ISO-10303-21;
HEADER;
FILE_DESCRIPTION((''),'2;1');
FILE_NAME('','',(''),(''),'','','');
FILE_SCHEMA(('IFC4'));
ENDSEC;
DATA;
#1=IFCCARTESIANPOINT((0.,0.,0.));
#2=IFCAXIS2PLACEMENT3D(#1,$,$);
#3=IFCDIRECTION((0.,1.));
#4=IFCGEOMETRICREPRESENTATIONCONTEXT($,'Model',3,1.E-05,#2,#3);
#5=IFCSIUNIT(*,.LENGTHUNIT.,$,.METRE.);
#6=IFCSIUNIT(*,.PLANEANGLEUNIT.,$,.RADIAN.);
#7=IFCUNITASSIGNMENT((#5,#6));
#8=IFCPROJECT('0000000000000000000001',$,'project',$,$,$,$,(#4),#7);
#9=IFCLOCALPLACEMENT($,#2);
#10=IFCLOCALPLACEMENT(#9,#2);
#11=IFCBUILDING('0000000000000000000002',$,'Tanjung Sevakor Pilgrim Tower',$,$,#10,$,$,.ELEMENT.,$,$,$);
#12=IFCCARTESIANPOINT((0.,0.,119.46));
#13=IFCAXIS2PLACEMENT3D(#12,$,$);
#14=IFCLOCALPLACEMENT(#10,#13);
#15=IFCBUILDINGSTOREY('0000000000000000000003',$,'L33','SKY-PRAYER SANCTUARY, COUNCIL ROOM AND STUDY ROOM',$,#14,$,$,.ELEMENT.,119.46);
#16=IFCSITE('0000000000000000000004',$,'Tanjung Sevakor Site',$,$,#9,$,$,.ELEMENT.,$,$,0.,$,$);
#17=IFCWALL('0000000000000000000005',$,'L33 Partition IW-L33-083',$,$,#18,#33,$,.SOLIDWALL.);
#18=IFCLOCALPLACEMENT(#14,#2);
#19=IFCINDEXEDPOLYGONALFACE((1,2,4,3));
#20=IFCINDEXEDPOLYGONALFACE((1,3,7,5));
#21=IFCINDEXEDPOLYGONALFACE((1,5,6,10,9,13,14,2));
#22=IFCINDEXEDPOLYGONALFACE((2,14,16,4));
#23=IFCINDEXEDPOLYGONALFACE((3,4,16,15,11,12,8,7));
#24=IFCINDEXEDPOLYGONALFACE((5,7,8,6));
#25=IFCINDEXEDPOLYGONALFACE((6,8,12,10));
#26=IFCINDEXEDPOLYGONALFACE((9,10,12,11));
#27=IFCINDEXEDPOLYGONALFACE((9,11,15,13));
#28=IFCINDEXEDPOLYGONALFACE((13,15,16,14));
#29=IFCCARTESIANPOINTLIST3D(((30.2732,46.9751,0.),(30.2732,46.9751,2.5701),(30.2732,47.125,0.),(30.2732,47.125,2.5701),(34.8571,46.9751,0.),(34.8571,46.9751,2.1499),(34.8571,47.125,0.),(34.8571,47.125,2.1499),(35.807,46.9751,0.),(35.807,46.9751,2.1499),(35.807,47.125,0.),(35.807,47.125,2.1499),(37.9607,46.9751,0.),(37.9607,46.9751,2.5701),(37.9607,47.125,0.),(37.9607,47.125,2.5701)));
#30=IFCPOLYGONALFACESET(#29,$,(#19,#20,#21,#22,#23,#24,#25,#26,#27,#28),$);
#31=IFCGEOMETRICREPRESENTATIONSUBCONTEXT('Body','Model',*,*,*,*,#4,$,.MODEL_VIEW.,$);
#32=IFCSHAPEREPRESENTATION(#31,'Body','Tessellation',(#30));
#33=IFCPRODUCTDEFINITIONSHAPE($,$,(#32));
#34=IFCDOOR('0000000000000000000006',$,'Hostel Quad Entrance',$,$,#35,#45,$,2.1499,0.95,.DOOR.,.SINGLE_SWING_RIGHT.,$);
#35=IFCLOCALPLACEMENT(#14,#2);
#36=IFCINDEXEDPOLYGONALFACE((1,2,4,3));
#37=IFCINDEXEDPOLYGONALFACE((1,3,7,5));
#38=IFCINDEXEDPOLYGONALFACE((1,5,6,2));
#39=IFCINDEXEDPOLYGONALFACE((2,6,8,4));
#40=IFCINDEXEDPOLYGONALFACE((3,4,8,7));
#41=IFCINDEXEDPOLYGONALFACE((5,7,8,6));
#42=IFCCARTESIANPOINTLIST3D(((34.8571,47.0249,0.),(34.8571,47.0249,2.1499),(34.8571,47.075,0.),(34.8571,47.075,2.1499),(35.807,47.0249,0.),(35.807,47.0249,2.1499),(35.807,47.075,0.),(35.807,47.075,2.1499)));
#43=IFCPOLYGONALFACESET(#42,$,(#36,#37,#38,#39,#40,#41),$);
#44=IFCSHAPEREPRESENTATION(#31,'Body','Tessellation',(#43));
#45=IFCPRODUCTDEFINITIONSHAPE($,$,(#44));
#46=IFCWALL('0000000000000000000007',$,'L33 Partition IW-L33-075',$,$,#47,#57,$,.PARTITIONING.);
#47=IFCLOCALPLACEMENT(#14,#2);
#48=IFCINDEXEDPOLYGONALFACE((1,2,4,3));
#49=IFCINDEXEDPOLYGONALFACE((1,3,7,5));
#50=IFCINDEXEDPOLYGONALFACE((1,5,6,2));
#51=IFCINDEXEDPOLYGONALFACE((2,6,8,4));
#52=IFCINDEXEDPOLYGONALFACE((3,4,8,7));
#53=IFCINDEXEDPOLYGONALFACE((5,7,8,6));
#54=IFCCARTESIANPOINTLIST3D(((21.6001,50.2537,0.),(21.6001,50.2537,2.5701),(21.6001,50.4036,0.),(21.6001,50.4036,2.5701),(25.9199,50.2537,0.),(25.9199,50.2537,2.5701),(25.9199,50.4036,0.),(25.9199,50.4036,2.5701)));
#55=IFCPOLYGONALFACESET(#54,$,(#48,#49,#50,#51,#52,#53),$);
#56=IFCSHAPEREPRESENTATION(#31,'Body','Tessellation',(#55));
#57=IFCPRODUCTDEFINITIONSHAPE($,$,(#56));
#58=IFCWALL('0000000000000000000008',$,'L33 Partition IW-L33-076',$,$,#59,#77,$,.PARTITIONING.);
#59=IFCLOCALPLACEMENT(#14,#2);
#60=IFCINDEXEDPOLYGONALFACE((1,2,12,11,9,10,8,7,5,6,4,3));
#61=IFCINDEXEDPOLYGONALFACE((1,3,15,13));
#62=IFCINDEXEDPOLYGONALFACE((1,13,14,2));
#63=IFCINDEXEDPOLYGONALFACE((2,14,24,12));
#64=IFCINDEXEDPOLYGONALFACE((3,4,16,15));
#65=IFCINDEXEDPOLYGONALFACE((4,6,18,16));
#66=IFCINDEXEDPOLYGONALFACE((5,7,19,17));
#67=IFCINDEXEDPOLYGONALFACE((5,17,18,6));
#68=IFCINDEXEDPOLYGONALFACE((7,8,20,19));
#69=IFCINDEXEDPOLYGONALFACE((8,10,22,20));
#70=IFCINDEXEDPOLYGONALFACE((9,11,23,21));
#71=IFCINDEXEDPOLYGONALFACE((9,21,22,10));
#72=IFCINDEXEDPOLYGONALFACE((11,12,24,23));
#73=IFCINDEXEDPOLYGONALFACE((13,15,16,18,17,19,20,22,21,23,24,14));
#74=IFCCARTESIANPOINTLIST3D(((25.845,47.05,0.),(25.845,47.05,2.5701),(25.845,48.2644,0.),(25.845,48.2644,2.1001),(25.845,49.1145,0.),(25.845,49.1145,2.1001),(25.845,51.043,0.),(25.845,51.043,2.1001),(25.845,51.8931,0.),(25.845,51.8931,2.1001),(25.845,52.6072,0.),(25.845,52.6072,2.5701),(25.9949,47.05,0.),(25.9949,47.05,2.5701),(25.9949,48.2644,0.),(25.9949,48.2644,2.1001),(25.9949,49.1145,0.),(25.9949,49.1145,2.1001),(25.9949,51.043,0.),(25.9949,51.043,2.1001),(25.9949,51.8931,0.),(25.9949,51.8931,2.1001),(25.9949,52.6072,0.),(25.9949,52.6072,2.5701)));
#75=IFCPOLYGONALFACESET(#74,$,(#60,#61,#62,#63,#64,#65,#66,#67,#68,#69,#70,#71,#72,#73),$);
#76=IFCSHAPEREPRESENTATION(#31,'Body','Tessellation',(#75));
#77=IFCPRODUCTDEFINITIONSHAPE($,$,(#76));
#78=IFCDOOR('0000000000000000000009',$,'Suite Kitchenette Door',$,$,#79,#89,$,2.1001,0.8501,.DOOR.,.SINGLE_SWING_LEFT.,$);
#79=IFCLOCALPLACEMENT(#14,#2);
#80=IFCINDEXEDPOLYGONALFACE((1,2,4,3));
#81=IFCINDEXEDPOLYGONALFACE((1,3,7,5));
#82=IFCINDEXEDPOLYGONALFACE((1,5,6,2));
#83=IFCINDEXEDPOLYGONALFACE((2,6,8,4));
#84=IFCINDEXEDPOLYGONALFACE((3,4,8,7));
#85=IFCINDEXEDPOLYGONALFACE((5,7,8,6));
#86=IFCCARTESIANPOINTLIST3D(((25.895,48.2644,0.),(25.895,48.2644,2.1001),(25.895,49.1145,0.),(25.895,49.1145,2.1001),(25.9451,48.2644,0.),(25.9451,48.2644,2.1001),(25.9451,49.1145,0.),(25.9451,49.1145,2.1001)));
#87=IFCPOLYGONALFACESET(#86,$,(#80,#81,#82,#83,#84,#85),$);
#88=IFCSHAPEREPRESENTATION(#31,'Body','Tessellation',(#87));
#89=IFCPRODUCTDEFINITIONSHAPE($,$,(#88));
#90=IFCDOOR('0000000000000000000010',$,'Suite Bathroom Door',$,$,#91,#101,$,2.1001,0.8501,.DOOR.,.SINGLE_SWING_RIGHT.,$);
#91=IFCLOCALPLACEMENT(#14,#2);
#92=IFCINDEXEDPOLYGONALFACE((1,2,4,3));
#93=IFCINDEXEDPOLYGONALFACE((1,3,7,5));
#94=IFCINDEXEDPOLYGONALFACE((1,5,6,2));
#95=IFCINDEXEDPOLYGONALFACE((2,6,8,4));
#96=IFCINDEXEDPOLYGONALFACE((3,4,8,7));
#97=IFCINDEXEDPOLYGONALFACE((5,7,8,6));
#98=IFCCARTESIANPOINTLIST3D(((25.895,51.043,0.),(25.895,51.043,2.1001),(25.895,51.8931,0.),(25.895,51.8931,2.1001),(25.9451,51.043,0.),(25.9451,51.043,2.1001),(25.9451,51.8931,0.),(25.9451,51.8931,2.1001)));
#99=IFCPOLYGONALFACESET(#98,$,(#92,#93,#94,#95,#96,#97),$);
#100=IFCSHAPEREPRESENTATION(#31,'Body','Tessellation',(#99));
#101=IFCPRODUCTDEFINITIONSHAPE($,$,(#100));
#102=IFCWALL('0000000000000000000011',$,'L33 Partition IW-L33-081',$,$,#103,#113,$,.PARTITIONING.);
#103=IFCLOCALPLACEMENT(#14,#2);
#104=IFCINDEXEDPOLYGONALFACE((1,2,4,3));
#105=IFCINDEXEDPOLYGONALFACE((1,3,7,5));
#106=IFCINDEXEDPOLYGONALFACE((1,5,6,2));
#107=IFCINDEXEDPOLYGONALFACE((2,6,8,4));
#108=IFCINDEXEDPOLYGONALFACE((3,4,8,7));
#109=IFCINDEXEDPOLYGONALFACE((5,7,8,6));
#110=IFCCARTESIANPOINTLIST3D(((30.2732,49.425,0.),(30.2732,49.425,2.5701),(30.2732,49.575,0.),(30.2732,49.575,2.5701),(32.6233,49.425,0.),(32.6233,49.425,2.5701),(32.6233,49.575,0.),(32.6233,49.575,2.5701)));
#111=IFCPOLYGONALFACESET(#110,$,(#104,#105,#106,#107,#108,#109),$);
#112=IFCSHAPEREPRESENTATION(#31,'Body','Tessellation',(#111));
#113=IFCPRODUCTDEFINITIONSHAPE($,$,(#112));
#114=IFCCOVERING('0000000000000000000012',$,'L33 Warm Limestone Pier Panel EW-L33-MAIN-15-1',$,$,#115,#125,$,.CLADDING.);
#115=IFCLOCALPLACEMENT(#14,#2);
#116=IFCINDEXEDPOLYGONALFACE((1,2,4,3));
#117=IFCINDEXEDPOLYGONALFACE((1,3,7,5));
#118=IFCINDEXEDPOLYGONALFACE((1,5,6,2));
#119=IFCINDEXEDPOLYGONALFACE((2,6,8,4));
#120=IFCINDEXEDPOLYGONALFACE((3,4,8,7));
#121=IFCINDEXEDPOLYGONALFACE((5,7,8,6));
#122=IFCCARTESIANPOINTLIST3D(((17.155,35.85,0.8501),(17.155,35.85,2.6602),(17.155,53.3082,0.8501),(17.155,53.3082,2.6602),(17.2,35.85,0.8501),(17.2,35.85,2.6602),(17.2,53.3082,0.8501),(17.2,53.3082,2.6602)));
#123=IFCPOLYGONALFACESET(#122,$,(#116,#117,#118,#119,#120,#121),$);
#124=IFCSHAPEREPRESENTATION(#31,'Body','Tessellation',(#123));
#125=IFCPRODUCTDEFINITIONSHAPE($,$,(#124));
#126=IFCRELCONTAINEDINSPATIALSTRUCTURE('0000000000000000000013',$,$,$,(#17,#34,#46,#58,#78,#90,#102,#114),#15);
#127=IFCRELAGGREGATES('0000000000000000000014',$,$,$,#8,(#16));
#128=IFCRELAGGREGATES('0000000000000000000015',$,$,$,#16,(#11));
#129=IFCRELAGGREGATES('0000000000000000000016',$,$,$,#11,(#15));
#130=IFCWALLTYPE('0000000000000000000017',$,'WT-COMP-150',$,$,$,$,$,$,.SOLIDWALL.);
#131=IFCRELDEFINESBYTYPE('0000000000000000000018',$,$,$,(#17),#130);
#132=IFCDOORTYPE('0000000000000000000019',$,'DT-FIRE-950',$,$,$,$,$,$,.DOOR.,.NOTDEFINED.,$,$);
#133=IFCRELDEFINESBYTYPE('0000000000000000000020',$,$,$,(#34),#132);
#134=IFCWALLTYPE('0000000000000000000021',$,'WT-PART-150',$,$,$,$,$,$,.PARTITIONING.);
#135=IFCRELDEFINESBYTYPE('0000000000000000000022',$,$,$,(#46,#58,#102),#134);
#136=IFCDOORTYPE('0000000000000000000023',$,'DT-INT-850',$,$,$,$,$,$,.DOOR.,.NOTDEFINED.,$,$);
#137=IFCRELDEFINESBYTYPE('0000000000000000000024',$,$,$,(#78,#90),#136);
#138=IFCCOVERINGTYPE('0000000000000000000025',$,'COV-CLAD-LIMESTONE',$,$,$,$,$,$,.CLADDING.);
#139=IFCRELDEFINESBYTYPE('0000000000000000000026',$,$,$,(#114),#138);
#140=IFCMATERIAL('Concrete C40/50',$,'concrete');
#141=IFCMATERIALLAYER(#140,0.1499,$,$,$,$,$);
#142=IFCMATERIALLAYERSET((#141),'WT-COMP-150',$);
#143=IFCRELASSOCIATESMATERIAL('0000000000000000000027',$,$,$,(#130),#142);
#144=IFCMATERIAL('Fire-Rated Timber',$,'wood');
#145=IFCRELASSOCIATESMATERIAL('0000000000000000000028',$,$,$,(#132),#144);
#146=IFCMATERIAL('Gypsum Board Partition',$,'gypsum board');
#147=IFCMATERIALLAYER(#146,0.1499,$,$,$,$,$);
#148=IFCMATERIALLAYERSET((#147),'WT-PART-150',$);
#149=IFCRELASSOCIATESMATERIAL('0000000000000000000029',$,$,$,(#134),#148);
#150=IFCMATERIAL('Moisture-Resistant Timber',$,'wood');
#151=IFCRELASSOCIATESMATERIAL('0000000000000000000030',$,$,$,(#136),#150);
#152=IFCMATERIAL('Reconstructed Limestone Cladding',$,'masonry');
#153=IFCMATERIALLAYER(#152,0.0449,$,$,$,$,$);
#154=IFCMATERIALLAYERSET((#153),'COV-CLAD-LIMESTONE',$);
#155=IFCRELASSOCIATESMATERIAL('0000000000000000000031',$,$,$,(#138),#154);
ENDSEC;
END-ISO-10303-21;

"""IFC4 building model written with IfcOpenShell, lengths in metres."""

from ifc_helpers import new_model, si_unit, direction, frame, frame_2d, origin, origin_2d, place, context, subcontext, project, spatial, rectangle, extrude, material, layer, layer_set, type_object, element, fill, save


model = new_model("IFC4")

# Units and contexts
model_context = context("Model", 3, precision=1e-05, world=origin(), true_north=direction((0.0, 1.0)))
body_context = subcontext(model_context, "Body", "Model", "MODEL_VIEW")
ifc_project = project(units=[si_unit("LENGTHUNIT", "METRE"), si_unit("PLANEANGLEUNIT", "RADIAN")], contexts=[model_context])

# Site, building, storey
site_placement = place(None, origin())
site = spatial("IfcSite", under=ifc_project, at=site_placement, Name="Tanjung Sevakor Site", CompositionType="ELEMENT", RefElevation=0.0)
building_placement = place(site_placement, origin())
building = spatial("IfcBuilding", under=site, at=building_placement, Name="Tanjung Sevakor Pilgrim Tower", CompositionType="ELEMENT")
storey_placement = place(building_placement, frame((0.0, 0.0, 119.46)))
storey = spatial("IfcBuildingStorey", under=building, at=storey_placement, Name="L33", Description="SKY-PRAYER SANCTUARY, COUNCIL ROOM AND STUDY ROOM", CompositionType="ELEMENT", Elevation=119.46)

# Shared definitions
ifc_material_1 = material(Name="Concrete C40/50", Category="concrete")
ifc_layer_1 = layer(ifc_material_1, 0.1499)
ifc_layer_set_1 = layer_set([ifc_layer_1], Name="WT-COMP-150")
wall_type_1 = type_object("IfcWallType", Name="WT-COMP-150", PredefinedType="SOLIDWALL", material=ifc_layer_set_1)

# Wall, opening, door
ifc_material_2 = material(Name="Fire-Rated Timber", Category="wood")
door_type_1 = type_object("IfcDoorType", Name="DT-FIRE-950", OperationType="NOTDEFINED", PredefinedType="DOOR", material=ifc_material_2)
wall_1_placement = place(storey_placement, frame((30.2732, 47.05, 0.0), z_axis=(0.0, 0.0, 1.0), x_axis=(1.0, 0.0, 0.0)))
wall_1 = element("IfcWall", 1, at=wall_1_placement, inside=storey, type_object=wall_type_1, Name="L33 Partition IW-L33-083", PredefinedType="SOLIDWALL", context=body_context, shape_type="SweptSolid", body=[
    extrude(rectangle(XDim=7.6875, YDim=0.1499, at=frame_2d((3.8438, 0.0))), origin(), (0.0, 0.0, 1.0), 2.5701),
])
opening_1_placement = place(wall_1_placement, frame((4.5837, 0.0, 0.0)))
opening_1 = element("IfcOpeningElement", 2, at=opening_1_placement, cuts=wall_1, PredefinedType="OPENING", context=body_context, shape_type="SweptSolid", body=[
    extrude(rectangle(XDim=0.95, YDim=2.1499, at=frame_2d((0.4751, 1.075))), frame((0.0, 0.085, 0.0), z_axis=(0.0, -1.0, 0.0), x_axis=(1.0, 0.0, 0.0)), (0.0, 0.0, 1.0), 0.1699),
])
door_1_placement = place(opening_1_placement, origin())
door_1 = element("IfcDoor", 3, at=door_1_placement, inside=storey, type_object=door_type_1, Name="Hostel Quad Entrance", OperationType="SINGLE_SWING_RIGHT", OverallHeight=2.1499, OverallWidth=0.95, PredefinedType="DOOR", context=body_context, shape_type="SweptSolid", body=[
    extrude(rectangle(XDim=0.95, YDim=2.1499, at=frame_2d((0.4751, 1.075))), frame((0.0, 0.0249, 0.0), z_axis=(0.0, -1.0, 0.0), x_axis=(1.0, 0.0, 0.0)), (0.0, 0.0, 1.0), 0.05),
])
fill(opening_1, door_1)

# Wall
ifc_material_3 = material(Name="Gypsum Board Partition", Category="gypsum board")
ifc_layer_2 = layer(ifc_material_3, 0.1499)
ifc_layer_set_2 = layer_set([ifc_layer_2], Name="WT-PART-150")
wall_type_2 = type_object("IfcWallType", Name="WT-PART-150", PredefinedType="PARTITIONING", material=ifc_layer_set_2)
wall_2_placement = place(storey_placement, frame((21.6001, 50.3286, 0.0), z_axis=(0.0, 0.0, 1.0), x_axis=(1.0, 0.0, 0.0)))
element("IfcWall", 4, at=wall_2_placement, inside=storey, type_object=wall_type_2, Name="L33 Partition IW-L33-075", PredefinedType="PARTITIONING", context=body_context, shape_type="SweptSolid", body=[
    extrude(rectangle(XDim=4.3198, YDim=0.1499, at=frame_2d((2.1599, 0.0))), origin(), (0.0, 0.0, 1.0), 2.5701),
])

# Wall, openings, doors
wall_3_placement = place(storey_placement, frame((25.9199, 47.05, 0.0), z_axis=(0.0, 0.0, 1.0), x_axis=(0.0, 1.0, 0.0)))
wall_3 = element("IfcWall", 5, at=wall_3_placement, inside=storey, type_object=wall_type_2, Name="L33 Partition IW-L33-076", PredefinedType="PARTITIONING", context=body_context, shape_type="SweptSolid", body=[
    extrude(rectangle(XDim=5.5571, YDim=0.1499, at=frame_2d((2.7786, 0.0))), origin(), (0.0, 0.0, 1.0), 2.5701),
])
opening_2_placement = place(wall_3_placement, frame((1.2144, 0.0, 0.0)))
opening_2 = element("IfcOpeningElement", 6, at=opening_2_placement, cuts=wall_3, PredefinedType="OPENING", context=body_context, shape_type="SweptSolid", body=[
    extrude(rectangle(XDim=0.8501, YDim=2.1001, at=frame_2d((0.425, 1.05))), frame((0.0, 0.085, 0.0), z_axis=(0.0, -1.0, 0.0), x_axis=(1.0, 0.0, 0.0)), (0.0, 0.0, 1.0), 0.1699),
])
opening_3_placement = place(wall_3_placement, frame((3.9929, 0.0, 0.0)))
opening_3 = element("IfcOpeningElement", 7, at=opening_3_placement, cuts=wall_3, PredefinedType="OPENING", context=body_context, shape_type="SweptSolid", body=[
    extrude(rectangle(XDim=0.8501, YDim=2.1001, at=frame_2d((0.425, 1.05))), frame((0.0, 0.085, 0.0), z_axis=(0.0, -1.0, 0.0), x_axis=(1.0, 0.0, 0.0)), (0.0, 0.0, 1.0), 0.1699),
])
ifc_material_4 = material(Name="Moisture-Resistant Timber", Category="wood")
door_type_2 = type_object("IfcDoorType", Name="DT-INT-850", OperationType="NOTDEFINED", PredefinedType="DOOR", material=ifc_material_4)
door_2_placement = place(opening_2_placement, origin())
door_2 = element("IfcDoor", 8, at=door_2_placement, inside=storey, type_object=door_type_2, Name="Suite Kitchenette Door", OperationType="SINGLE_SWING_LEFT", OverallHeight=2.1001, OverallWidth=0.8501, PredefinedType="DOOR", context=body_context, shape_type="SweptSolid", body=[
    extrude(rectangle(XDim=0.8501, YDim=2.1001, at=frame_2d((0.425, 1.05))), frame((0.0, 0.0249, 0.0), z_axis=(0.0, -1.0, 0.0), x_axis=(1.0, 0.0, 0.0)), (0.0, 0.0, 1.0), 0.05),
])
fill(opening_2, door_2)
door_3_placement = place(opening_3_placement, origin())
door_3 = element("IfcDoor", 9, at=door_3_placement, inside=storey, type_object=door_type_2, Name="Suite Bathroom Door", OperationType="SINGLE_SWING_RIGHT", OverallHeight=2.1001, OverallWidth=0.8501, PredefinedType="DOOR", context=body_context, shape_type="SweptSolid", body=[
    extrude(rectangle(XDim=0.8501, YDim=2.1001, at=frame_2d((0.425, 1.05))), frame((0.0, 0.0249, 0.0), z_axis=(0.0, -1.0, 0.0), x_axis=(1.0, 0.0, 0.0)), (0.0, 0.0, 1.0), 0.05),
])
fill(opening_3, door_3)

# Wall
wall_4_placement = place(storey_placement, frame((30.2732, 49.5, 0.0), z_axis=(0.0, 0.0, 1.0), x_axis=(1.0, 0.0, 0.0)))
element("IfcWall", 10, at=wall_4_placement, inside=storey, type_object=wall_type_2, Name="L33 Partition IW-L33-081", PredefinedType="PARTITIONING", context=body_context, shape_type="SweptSolid", body=[
    extrude(rectangle(XDim=2.3501, YDim=0.1499, at=frame_2d((1.175, 0.0))), origin(), (0.0, 0.0, 1.0), 2.5701),
])

# Covering
ifc_material_5 = material(Name="Reconstructed Limestone Cladding", Category="masonry")
ifc_layer_3 = layer(ifc_material_5, 0.0449)
ifc_layer_set_3 = layer_set([ifc_layer_3], Name="COV-CLAD-LIMESTONE")
covering_type = type_object("IfcCoveringType", Name="COV-CLAD-LIMESTONE", PredefinedType="CLADDING", material=ifc_layer_set_3)
covering_placement = place(storey_placement, frame((17.1775, 44.5791, 0.8501), z_axis=(0.0, 0.0, 1.0), x_axis=(0.0, -1.0, 0.0)))
element("IfcCovering", 11, at=covering_placement, inside=storey, type_object=covering_type, Name="L33 Warm Limestone Pier Panel EW-L33-MAIN-15-1", PredefinedType="CLADDING", context=body_context, shape_type="SweptSolid", body=[
    extrude(rectangle(XDim=17.4583, YDim=0.0449, at=origin_2d()), origin(), (0.0, 0.0, 1.0), 1.8101),
])

save(model, "model.ifc")
